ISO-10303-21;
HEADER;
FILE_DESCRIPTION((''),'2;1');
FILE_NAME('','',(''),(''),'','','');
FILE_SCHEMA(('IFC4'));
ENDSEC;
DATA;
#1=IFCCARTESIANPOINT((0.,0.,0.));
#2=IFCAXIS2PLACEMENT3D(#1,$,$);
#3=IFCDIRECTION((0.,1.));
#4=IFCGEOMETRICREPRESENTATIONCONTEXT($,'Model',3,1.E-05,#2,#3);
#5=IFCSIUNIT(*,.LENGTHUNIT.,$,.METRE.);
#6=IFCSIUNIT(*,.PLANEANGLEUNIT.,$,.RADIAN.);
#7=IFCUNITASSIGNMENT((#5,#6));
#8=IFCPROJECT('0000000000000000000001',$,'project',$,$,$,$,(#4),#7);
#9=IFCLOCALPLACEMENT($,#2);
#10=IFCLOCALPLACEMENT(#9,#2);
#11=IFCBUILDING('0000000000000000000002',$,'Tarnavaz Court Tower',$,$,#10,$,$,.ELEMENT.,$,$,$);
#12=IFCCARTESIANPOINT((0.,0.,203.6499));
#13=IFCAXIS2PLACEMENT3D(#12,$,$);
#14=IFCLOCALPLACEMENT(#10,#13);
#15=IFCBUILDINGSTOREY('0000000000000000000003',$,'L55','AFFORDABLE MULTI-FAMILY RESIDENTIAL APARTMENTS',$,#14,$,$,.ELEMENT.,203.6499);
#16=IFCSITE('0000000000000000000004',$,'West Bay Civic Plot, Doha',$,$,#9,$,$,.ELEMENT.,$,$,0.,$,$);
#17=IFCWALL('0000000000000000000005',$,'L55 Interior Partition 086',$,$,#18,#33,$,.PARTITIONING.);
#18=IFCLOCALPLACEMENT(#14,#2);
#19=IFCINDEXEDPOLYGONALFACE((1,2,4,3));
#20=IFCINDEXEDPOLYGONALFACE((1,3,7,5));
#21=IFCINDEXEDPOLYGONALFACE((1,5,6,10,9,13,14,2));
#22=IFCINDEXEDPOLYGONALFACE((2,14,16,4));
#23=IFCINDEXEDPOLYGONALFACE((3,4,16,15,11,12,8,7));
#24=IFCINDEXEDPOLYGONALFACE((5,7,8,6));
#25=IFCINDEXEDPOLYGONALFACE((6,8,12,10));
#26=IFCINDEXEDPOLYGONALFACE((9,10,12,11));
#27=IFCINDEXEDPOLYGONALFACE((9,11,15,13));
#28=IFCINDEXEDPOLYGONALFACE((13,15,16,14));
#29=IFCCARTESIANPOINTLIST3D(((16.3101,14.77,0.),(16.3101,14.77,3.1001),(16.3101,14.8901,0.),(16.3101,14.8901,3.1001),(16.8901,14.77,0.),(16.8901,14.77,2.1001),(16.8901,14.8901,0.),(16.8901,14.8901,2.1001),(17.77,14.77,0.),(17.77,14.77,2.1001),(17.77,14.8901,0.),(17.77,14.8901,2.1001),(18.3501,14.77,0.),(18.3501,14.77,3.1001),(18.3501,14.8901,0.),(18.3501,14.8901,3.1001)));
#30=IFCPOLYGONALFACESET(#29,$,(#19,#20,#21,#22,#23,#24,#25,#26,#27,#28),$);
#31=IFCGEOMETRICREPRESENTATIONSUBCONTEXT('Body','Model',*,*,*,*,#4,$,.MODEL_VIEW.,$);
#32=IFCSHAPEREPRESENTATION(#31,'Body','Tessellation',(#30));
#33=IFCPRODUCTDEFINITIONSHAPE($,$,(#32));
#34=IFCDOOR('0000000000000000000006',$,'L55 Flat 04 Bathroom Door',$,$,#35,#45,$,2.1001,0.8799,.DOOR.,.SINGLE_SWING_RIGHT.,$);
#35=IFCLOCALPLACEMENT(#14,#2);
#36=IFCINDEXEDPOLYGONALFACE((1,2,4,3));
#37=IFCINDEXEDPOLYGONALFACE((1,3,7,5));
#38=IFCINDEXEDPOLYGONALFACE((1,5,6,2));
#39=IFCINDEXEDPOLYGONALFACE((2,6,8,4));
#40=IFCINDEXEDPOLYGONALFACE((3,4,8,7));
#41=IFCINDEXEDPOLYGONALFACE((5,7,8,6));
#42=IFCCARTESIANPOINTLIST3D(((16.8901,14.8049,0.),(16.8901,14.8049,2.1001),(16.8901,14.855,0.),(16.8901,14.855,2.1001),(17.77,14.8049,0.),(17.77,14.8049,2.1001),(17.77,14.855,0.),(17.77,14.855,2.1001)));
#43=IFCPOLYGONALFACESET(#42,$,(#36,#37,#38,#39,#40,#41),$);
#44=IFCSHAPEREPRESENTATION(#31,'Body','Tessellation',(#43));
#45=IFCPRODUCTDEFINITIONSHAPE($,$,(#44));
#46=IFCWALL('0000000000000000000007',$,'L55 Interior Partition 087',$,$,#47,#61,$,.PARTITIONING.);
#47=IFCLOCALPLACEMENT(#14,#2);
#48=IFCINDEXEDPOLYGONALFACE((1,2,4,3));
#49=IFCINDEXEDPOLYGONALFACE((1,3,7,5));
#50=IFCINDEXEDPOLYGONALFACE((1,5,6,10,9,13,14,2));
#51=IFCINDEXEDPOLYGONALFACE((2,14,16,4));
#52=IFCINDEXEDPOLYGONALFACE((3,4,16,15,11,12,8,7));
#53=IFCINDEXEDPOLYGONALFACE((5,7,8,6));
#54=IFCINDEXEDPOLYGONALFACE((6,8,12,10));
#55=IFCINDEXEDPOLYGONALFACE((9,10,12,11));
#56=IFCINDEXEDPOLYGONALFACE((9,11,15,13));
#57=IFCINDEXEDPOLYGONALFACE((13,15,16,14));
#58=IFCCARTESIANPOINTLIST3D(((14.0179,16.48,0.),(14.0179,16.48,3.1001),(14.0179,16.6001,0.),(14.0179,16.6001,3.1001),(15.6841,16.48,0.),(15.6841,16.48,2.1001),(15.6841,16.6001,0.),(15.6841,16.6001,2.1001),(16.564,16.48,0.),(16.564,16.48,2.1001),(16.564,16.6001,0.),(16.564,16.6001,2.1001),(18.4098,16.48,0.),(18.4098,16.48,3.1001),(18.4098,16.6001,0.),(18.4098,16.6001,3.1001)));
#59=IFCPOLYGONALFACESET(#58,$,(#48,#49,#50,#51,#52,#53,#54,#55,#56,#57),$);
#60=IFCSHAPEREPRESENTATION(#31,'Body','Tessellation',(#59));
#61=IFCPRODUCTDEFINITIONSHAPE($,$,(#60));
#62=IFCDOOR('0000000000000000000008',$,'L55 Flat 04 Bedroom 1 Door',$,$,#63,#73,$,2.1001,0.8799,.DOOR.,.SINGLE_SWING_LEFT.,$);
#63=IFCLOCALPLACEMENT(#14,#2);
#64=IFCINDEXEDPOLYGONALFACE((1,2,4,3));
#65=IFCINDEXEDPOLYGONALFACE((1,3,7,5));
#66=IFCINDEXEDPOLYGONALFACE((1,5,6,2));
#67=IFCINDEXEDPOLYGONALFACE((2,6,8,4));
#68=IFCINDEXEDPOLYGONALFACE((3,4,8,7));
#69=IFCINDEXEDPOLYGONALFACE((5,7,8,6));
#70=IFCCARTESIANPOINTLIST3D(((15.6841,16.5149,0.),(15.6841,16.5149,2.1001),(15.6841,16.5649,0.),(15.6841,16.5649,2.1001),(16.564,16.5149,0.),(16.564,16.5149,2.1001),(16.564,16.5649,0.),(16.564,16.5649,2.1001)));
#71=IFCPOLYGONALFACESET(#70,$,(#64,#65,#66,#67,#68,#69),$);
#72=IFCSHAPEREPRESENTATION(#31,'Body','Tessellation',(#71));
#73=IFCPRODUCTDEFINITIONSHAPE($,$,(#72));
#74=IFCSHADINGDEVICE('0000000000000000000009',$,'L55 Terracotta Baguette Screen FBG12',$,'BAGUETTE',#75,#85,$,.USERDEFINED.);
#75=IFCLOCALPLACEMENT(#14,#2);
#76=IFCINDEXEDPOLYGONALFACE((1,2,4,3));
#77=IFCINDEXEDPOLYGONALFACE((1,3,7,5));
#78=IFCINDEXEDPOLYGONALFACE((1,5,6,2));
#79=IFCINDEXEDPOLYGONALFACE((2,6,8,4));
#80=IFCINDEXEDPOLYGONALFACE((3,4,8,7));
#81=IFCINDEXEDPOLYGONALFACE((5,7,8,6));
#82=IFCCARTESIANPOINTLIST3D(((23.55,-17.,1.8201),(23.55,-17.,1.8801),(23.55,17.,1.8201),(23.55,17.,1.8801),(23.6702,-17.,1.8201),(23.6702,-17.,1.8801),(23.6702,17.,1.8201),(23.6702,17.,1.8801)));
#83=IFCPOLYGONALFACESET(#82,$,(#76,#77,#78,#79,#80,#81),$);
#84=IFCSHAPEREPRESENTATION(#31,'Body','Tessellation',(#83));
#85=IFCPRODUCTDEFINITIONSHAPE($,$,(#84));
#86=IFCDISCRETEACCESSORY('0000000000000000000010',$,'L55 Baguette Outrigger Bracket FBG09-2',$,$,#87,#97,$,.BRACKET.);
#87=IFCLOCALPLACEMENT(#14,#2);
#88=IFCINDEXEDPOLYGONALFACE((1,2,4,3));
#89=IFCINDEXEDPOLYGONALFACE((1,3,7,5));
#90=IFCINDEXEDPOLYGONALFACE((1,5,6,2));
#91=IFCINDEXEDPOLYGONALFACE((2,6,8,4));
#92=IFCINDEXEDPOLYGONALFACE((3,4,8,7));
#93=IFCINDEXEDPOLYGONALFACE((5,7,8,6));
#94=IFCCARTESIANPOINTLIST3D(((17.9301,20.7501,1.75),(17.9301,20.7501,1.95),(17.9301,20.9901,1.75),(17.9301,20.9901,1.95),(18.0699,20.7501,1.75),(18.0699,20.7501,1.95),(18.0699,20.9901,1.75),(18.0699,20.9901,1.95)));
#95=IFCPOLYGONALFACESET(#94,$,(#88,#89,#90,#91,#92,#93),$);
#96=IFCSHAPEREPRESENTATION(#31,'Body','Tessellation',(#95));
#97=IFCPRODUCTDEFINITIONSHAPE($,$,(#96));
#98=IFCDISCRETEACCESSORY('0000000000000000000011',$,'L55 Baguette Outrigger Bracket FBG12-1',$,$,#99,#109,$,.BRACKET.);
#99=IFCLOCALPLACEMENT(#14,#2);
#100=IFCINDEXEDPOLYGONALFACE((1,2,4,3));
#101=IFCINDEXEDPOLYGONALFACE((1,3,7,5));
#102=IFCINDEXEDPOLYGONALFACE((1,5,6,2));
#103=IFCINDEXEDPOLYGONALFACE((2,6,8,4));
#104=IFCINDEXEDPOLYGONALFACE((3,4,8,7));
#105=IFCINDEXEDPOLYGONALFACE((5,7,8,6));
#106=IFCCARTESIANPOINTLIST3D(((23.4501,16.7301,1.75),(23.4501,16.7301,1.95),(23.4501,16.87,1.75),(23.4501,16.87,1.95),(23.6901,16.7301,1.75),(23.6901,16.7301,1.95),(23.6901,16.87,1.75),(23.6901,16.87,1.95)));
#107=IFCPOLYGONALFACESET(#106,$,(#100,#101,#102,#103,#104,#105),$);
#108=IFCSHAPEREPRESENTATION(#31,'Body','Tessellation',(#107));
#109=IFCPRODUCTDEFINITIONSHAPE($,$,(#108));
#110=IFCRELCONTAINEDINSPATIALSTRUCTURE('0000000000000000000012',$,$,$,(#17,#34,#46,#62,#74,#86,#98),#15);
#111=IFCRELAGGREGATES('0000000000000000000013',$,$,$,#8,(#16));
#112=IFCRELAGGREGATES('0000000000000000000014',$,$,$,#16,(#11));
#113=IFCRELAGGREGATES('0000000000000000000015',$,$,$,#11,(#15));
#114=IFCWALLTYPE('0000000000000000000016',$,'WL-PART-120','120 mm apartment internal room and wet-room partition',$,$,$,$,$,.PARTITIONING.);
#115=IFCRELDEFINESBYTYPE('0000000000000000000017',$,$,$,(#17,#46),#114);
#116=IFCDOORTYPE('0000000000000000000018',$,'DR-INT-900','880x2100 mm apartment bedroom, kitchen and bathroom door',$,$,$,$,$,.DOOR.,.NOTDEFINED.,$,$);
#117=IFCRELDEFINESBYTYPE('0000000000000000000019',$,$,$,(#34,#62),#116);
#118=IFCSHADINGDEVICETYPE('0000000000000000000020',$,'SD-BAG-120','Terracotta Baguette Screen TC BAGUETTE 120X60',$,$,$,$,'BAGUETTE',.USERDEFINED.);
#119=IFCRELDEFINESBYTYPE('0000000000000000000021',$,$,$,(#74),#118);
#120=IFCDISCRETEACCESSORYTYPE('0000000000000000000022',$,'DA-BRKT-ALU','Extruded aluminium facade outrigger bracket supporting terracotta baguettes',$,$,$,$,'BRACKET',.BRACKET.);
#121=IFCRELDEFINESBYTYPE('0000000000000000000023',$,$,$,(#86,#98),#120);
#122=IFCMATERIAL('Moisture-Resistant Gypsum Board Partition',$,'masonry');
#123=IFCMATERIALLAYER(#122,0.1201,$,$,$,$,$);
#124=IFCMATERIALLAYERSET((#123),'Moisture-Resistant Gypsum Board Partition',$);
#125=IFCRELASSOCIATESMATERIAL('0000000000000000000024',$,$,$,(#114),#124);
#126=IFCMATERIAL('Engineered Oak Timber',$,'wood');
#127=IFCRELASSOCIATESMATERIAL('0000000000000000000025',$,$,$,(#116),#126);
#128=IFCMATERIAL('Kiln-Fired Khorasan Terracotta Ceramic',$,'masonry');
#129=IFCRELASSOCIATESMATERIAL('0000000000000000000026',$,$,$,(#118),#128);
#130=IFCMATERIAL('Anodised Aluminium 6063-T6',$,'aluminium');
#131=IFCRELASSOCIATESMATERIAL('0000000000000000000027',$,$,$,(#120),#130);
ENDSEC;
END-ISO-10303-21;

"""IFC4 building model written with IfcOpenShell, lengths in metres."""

from ifc_helpers import new_model, si_unit, direction, frame, frame_2d, origin, origin_2d, place, context, subcontext, project, spatial, rectangle, extrude, material, layer, layer_set, material_profile, profile_set, type_object, element, fill, save


model = new_model("IFC4")

# Units and contexts
model_context = context("Model", 3, precision=1e-05, world=origin(), true_north=direction((0.0, 1.0)))
body_context = subcontext(model_context, "Body", "Model", "MODEL_VIEW")
ifc_project = project(units=[si_unit("LENGTHUNIT", "METRE"), si_unit("PLANEANGLEUNIT", "RADIAN")], contexts=[model_context])

# Site, building, storey
site_placement = place(None, origin())
site = spatial("IfcSite", under=ifc_project, at=site_placement, Name="West Bay Civic Plot, Doha", CompositionType="ELEMENT", RefElevation=0.0)
building_placement = place(site_placement, origin())
building = spatial("IfcBuilding", under=site, at=building_placement, Name="Tarnavaz Court Tower", CompositionType="ELEMENT")
storey_placement = place(building_placement, frame((0.0, 0.0, 203.6499)))
storey = spatial("IfcBuildingStorey", under=building, at=storey_placement, Name="L55", Description="AFFORDABLE MULTI-FAMILY RESIDENTIAL APARTMENTS", CompositionType="ELEMENT", Elevation=203.6499)

# Walls, openings, doors
ifc_material_1 = material(Name="Moisture-Resistant Gypsum Board Partition", Category="masonry")
ifc_layer_1 = layer(ifc_material_1, 0.1201)
ifc_layer_set_1 = layer_set([ifc_layer_1], Name="Moisture-Resistant Gypsum Board Partition")
wall_type_1 = type_object("IfcWallType", Name="WL-PART-120", Description="120 mm apartment internal room and wet-room partition", PredefinedType="PARTITIONING", material=ifc_layer_set_1)
wall_1_placement = place(storey_placement, frame((16.3101, 14.8301, 0.0), z_axis=(0.0, 0.0, 1.0), x_axis=(1.0, 0.0, 0.0)))
wall_1 = element("IfcWall", 1, at=wall_1_placement, inside=storey, type_object=wall_type_1, Name="L55 Interior Partition 086", PredefinedType="PARTITIONING", context=body_context, shape_type="SweptSolid", body=[
    extrude(rectangle(XDim=2.04, YDim=0.1201, at=frame_2d((1.02, 0.0))), origin(), (0.0, 0.0, 1.0), 3.1001),
])
opening_1_placement = place(wall_1_placement, frame((0.5801, 0.0, 0.0)))
opening_1 = element("IfcOpeningElement", 2, at=opening_1_placement, cuts=wall_1, PredefinedType="OPENING", context=body_context, shape_type="SweptSolid", body=[
    extrude(rectangle(XDim=0.8799, YDim=2.1001, at=frame_2d((0.4399, 1.05))), frame((0.0, 0.0701, 0.0), z_axis=(0.0, -1.0, 0.0), x_axis=(1.0, 0.0, 0.0)), (0.0, 0.0, 1.0), 0.1401),
])
ifc_material_2 = material(Name="Engineered Oak Timber", Category="wood")
door_type = type_object("IfcDoorType", Name="DR-INT-900", Description="880x2100 mm apartment bedroom, kitchen and bathroom door", OperationType="NOTDEFINED", PredefinedType="DOOR", material=ifc_material_2)
door_1_placement = place(opening_1_placement, origin())
door_1 = element("IfcDoor", 3, at=door_1_placement, inside=storey, type_object=door_type, Name="L55 Flat 04 Bathroom Door", OperationType="SINGLE_SWING_RIGHT", OverallHeight=2.1001, OverallWidth=0.8799, PredefinedType="DOOR", context=body_context, shape_type="SweptSolid", body=[
    extrude(rectangle(XDim=0.8799, YDim=2.1001, at=frame_2d((0.4399, 1.05))), frame((0.0, 0.0249, 0.0), z_axis=(0.0, -1.0, 0.0), x_axis=(1.0, 0.0, 0.0)), (0.0, 0.0, 1.0), 0.05),
])
fill(opening_1, door_1)
wall_2_placement = place(storey_placement, frame((14.0181, 16.54, 0.0), z_axis=(0.0, 0.0, 1.0), x_axis=(1.0, 0.0, 0.0)))
wall_2 = element("IfcWall", 4, at=wall_2_placement, inside=storey, type_object=wall_type_1, Name="L55 Interior Partition 087", PredefinedType="PARTITIONING", context=body_context, shape_type="SweptSolid", body=[
    extrude(rectangle(XDim=4.3918, YDim=0.1201, at=frame_2d((2.1958, 0.0))), origin(), (0.0, 0.0, 1.0), 3.1001),
])
opening_2_placement = place(wall_2_placement, frame((1.666, 0.0, 0.0)))
opening_2 = element("IfcOpeningElement", 5, at=opening_2_placement, cuts=wall_2, PredefinedType="OPENING", context=body_context, shape_type="SweptSolid", body=[
    extrude(rectangle(XDim=0.8799, YDim=2.1001, at=frame_2d((0.4399, 1.05))), frame((0.0, 0.0701, 0.0), z_axis=(0.0, -1.0, 0.0), x_axis=(1.0, 0.0, 0.0)), (0.0, 0.0, 1.0), 0.1401),
])
door_2_placement = place(opening_2_placement, origin())
door_2 = element("IfcDoor", 6, at=door_2_placement, inside=storey, type_object=door_type, Name="L55 Flat 04 Bedroom 1 Door", OperationType="SINGLE_SWING_LEFT", OverallHeight=2.1001, OverallWidth=0.8799, PredefinedType="DOOR", context=body_context, shape_type="SweptSolid", body=[
    extrude(rectangle(XDim=0.8799, YDim=2.1001, at=frame_2d((0.4399, 1.05))), frame((0.0, 0.0249, 0.0), z_axis=(0.0, -1.0, 0.0), x_axis=(1.0, 0.0, 0.0)), (0.0, 0.0, 1.0), 0.05),
])
fill(opening_2, door_2)

# Shading device
ifc_material_3 = material(Name="Kiln-Fired Khorasan Terracotta Ceramic", Category="masonry")
ifc_material_profile_1 = material_profile(ifc_material_3, rectangle(XDim=0.1201, YDim=0.0601, at=origin_2d()), Name="TC BAGUETTE 120X60")
ifc_profile_set_1 = profile_set([ifc_material_profile_1], Name="Kiln-Fired Khorasan Terracotta Ceramic")
shading_device_type = type_object("IfcShadingDeviceType", Name="SD-BAG-120", Description="Terracotta Baguette Screen TC BAGUETTE 120X60", ElementType="BAGUETTE", PredefinedType="USERDEFINED", material=ifc_profile_set_1)
shading_device_placement = place(storey_placement, frame((23.6101, 17.0, 1.8501), z_axis=(0.0, -1.0, 0.0), x_axis=(1.0, 0.0, 0.0)))
element("IfcShadingDevice", 7, at=shading_device_placement, inside=storey, type_object=shading_device_type, Name="L55 Terracotta Baguette Screen FBG12", ObjectType="BAGUETTE", PredefinedType="USERDEFINED", context=body_context, shape_type="SweptSolid", body=[
    extrude(rectangle(XDim=0.1201, YDim=0.0601, at=origin_2d()), origin(), (0.0, 0.0, 1.0), 34.0),
])

# Discrete accessories
ifc_material_4 = material(Name="Anodised Aluminium 6063-T6", Category="aluminium")
discrete_accessory_type = type_object("IfcDiscreteAccessoryType", Name="DA-BRKT-ALU", Description="Extruded aluminium facade outrigger bracket supporting terracotta baguettes", ElementType="BRACKET", PredefinedType="BRACKET", material=ifc_material_4)
for number, where, z_axis, x_axis, name in (
    (8, (18.0, 20.8701, 1.75), (0.0, 0.0, 1.0), (1.0, 0.0, 0.0), "L55 Baguette Outrigger Bracket FBG09-2"),
    (9, (23.5701, 16.8, 1.75), (0.0, 0.0, 1.0), (0.0, -1.0, 0.0), "L55 Baguette Outrigger Bracket FBG12-1"),
):
    element("IfcDiscreteAccessory", number, at=place(storey_placement, frame(where, z_axis=z_axis, x_axis=x_axis)), inside=storey, type_object=discrete_accessory_type, Name=name, PredefinedType="BRACKET", context=body_context, shape_type="SweptSolid", body=[
        extrude(rectangle(XDim=0.1399, YDim=0.24, at=origin_2d()), origin(), (0.0, 0.0, 1.0), 0.2),
    ])

save(model, "model.ifc")
